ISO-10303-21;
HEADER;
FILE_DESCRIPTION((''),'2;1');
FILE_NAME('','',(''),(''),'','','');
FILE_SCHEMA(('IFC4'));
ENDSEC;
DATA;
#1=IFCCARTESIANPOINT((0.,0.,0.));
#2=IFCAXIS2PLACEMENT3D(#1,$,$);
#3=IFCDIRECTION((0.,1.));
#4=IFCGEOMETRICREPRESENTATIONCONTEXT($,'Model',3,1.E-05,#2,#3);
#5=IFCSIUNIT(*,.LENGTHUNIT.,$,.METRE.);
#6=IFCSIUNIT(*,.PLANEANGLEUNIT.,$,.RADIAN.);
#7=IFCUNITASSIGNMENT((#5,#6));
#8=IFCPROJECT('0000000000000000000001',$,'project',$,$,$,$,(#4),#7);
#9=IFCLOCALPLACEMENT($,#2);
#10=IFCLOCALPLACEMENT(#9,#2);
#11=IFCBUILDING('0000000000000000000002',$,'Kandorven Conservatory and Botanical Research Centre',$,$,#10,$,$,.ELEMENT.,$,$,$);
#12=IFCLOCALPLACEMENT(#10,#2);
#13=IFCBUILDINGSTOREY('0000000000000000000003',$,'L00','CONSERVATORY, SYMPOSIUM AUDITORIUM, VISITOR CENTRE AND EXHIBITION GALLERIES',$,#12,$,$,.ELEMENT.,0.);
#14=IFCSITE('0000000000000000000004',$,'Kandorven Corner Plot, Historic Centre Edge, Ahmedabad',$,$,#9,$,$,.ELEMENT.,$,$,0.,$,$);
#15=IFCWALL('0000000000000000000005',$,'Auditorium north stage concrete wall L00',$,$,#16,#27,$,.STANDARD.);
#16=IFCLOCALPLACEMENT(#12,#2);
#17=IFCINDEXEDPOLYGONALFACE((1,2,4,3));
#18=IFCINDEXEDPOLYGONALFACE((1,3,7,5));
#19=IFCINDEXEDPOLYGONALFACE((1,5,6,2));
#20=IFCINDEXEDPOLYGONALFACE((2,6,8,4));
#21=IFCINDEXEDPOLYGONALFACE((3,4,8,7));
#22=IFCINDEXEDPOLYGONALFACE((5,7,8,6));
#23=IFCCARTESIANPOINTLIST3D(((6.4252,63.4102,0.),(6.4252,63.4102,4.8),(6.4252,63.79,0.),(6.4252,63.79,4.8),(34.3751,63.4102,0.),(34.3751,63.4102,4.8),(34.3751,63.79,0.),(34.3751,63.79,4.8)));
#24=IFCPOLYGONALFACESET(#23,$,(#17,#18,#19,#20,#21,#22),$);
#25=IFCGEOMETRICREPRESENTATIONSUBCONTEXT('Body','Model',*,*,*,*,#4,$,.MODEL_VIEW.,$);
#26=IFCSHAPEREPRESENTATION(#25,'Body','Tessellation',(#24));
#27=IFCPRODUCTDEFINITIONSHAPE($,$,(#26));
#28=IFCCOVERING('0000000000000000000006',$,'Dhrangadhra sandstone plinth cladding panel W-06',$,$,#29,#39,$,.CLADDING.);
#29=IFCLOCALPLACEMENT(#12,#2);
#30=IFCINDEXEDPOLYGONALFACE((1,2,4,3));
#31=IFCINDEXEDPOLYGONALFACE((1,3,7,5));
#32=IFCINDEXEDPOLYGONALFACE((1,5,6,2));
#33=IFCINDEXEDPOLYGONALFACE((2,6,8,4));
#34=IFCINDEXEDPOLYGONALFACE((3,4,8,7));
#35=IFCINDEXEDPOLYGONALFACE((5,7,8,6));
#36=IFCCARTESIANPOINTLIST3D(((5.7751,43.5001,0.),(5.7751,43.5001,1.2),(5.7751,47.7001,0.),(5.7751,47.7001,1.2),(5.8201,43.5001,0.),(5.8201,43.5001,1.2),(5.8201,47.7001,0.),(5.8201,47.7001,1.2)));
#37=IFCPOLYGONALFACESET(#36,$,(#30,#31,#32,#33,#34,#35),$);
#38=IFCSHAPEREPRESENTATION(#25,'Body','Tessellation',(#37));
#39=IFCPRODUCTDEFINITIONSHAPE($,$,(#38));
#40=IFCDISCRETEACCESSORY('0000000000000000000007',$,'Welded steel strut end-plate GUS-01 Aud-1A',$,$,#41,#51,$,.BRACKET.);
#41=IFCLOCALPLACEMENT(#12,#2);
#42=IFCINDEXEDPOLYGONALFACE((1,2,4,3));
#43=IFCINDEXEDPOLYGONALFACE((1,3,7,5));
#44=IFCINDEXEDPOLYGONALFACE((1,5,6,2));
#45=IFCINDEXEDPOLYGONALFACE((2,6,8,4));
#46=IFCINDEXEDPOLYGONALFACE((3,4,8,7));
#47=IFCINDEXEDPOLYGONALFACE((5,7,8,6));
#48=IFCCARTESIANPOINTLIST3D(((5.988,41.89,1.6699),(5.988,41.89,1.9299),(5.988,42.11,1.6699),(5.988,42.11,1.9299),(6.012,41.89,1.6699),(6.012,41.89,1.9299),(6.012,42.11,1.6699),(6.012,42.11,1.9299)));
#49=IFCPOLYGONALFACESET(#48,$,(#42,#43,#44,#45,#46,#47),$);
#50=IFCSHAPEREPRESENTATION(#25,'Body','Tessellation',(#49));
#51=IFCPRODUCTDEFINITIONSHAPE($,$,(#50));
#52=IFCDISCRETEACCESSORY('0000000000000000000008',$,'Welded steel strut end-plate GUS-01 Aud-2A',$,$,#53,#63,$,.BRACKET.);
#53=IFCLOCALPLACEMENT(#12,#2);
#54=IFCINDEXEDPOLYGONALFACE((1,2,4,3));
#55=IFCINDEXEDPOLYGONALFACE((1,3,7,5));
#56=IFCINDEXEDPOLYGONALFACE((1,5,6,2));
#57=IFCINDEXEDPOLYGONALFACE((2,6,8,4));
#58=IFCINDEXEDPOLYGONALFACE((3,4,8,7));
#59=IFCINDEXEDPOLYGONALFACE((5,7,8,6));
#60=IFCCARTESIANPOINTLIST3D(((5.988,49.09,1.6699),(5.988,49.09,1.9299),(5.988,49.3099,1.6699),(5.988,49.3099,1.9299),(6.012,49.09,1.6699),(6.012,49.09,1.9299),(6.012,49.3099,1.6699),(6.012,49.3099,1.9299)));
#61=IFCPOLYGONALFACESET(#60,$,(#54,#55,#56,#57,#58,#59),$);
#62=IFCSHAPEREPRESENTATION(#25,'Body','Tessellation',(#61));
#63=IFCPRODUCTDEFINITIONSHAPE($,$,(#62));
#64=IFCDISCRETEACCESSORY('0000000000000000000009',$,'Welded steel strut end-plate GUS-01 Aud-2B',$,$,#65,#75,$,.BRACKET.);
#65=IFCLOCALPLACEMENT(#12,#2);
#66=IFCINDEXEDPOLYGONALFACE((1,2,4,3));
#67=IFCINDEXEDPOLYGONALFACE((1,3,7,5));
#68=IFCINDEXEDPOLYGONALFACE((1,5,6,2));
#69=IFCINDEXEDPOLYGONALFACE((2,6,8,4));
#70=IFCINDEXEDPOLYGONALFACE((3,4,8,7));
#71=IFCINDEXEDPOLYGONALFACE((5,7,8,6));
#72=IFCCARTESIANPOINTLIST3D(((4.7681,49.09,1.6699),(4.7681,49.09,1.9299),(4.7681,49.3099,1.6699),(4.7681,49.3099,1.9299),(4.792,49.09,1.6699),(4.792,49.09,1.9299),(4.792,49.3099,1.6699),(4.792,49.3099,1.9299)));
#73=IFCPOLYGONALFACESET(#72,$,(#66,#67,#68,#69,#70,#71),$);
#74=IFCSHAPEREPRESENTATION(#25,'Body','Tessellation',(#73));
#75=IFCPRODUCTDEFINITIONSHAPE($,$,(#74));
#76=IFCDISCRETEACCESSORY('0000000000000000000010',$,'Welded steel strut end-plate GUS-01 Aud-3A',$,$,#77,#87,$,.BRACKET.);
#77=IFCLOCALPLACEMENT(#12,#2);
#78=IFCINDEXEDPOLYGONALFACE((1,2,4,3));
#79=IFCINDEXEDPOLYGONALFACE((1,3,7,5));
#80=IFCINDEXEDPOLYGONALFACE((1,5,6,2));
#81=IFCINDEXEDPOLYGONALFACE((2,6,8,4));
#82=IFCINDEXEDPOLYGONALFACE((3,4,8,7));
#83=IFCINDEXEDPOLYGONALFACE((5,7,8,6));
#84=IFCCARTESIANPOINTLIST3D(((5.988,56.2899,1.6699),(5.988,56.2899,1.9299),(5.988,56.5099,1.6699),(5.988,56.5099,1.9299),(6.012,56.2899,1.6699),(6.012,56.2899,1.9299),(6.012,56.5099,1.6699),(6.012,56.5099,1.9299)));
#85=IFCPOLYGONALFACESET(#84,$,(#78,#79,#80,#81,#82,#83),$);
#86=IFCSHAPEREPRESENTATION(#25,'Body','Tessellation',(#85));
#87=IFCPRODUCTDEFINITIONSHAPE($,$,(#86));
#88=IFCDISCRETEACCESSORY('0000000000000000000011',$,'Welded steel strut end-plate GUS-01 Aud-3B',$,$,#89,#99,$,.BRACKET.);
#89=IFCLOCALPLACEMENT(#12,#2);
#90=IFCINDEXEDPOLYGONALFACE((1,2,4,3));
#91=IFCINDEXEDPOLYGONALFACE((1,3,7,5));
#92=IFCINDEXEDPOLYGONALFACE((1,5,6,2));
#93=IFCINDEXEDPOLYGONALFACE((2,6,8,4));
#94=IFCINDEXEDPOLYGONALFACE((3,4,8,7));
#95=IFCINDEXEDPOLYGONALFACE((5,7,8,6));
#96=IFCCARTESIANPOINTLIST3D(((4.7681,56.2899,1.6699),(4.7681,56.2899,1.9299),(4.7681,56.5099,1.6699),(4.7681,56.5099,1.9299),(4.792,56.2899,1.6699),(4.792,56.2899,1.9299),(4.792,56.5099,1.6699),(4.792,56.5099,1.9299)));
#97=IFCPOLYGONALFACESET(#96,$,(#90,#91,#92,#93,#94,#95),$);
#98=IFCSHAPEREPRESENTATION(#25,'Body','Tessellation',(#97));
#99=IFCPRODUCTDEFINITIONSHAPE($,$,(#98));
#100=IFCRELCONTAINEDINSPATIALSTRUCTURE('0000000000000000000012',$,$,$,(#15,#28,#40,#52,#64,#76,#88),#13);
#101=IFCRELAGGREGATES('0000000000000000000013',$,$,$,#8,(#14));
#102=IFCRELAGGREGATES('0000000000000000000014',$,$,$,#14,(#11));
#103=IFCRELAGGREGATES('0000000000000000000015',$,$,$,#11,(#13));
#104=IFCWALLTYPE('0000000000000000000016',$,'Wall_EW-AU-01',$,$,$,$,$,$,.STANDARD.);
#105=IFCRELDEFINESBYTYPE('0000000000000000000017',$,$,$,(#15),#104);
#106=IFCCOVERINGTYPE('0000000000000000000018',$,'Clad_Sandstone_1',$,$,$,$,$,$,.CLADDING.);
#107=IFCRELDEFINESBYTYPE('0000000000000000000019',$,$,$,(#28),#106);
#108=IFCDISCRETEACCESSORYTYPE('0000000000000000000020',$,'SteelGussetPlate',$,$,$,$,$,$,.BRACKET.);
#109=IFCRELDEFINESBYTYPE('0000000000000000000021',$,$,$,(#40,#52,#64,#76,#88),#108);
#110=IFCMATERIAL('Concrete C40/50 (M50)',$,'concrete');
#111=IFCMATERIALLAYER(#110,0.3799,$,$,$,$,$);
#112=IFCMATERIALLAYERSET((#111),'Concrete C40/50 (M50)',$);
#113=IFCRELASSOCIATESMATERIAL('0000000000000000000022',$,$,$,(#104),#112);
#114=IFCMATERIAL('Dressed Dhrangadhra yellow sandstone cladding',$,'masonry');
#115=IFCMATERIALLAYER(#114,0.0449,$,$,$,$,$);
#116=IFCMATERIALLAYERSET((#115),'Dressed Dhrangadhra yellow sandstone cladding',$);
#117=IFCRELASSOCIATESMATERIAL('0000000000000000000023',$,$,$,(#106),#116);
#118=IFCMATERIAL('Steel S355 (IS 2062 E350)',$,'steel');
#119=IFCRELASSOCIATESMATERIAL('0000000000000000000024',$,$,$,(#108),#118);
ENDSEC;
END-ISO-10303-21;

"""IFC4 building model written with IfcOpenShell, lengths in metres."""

from ifc_helpers import new_model, si_unit, direction, frame, frame_2d, origin, origin_2d, place, context, subcontext, project, spatial, rectangle, extrude, material, layer, layer_set, type_object, element, save


model = new_model("IFC4")

# Units and contexts
model_context = context("Model", 3, precision=1e-05, world=origin(), true_north=direction((0.0, 1.0)))
body_context = subcontext(model_context, "Body", "Model", "MODEL_VIEW")
ifc_project = project(units=[si_unit("LENGTHUNIT", "METRE"), si_unit("PLANEANGLEUNIT", "RADIAN")], contexts=[model_context])

# Site, building, storey
site_placement = place(None, origin())
site = spatial("IfcSite", under=ifc_project, at=site_placement, Name="Kandorven Corner Plot, Historic Centre Edge, Ahmedabad", CompositionType="ELEMENT", RefElevation=0.0)
building_placement = place(site_placement, origin())
building = spatial("IfcBuilding", under=site, at=building_placement, Name="Kandorven Conservatory and Botanical Research Centre", CompositionType="ELEMENT")
storey_placement = place(building_placement, origin())
storey = spatial("IfcBuildingStorey", under=building, at=storey_placement, Name="L00", Description="CONSERVATORY, SYMPOSIUM AUDITORIUM, VISITOR CENTRE AND EXHIBITION GALLERIES", CompositionType="ELEMENT", Elevation=0.0)

# Shared definitions
ifc_material_1 = material(Name="Concrete C40/50 (M50)", Category="concrete")
ifc_layer_1 = layer(ifc_material_1, 0.3799)
ifc_layer_set_1 = layer_set([ifc_layer_1], Name="Concrete C40/50 (M50)")
wall_type = type_object("IfcWallType", Name="Wall_EW-AU-01", PredefinedType="STANDARD", material=ifc_layer_set_1)

# Wall
wall_1_placement = place(storey_placement, frame((6.425, 63.6001, 0.0), z_axis=(0.0, 0.0, 1.0), x_axis=(1.0, 0.0, 0.0)))
element("IfcWall", 1, at=wall_1_placement, inside=storey, type_object=wall_type, Name="Auditorium north stage concrete wall L00", PredefinedType="STANDARD", context=body_context, shape_type="SweptSolid", body=[
    extrude(rectangle(XDim=27.95, YDim=0.3799, at=frame_2d((13.9751, 0.0))), origin(), (0.0, 0.0, 1.0), 4.8),
])

# Covering
ifc_material_2 = material(Name="Dressed Dhrangadhra yellow sandstone cladding", Category="masonry")
ifc_layer_2 = layer(ifc_material_2, 0.0449)
ifc_layer_set_2 = layer_set([ifc_layer_2], Name="Dressed Dhrangadhra yellow sandstone cladding")
covering_type = type_object("IfcCoveringType", Name="Clad_Sandstone_1", PredefinedType="CLADDING", material=ifc_layer_set_2)
covering_placement = place(storey_placement, frame((5.7976, 45.6001, 0.0), z_axis=(0.0, 0.0, 1.0), x_axis=(1.0, 0.0, 0.0)))
element("IfcCovering", 2, at=covering_placement, inside=storey, type_object=covering_type, Name="Dhrangadhra sandstone plinth cladding panel W-06", PredefinedType="CLADDING", context=body_context, shape_type="SweptSolid", body=[
    extrude(rectangle(XDim=0.0449, YDim=4.2, at=origin_2d()), origin(), (0.0, 0.0, 1.0), 1.2),
])

# Discrete accessories
ifc_material_3 = material(Name="Steel S355 (IS 2062 E350)", Category="steel")
discrete_accessory_type = type_object("IfcDiscreteAccessoryType", Name="SteelGussetPlate", PredefinedType="BRACKET", material=ifc_material_3)
for number, where, z_axis, x_axis, name in (
    (3, (6.0, 42.0, 1.6699), (0.0, 0.0, 1.0), (1.0, 0.0, 0.0), "Welded steel strut end-plate GUS-01 Aud-1A"),
    (4, (6.0, 49.2, 1.6699), (0.0, 0.0, 1.0), (1.0, 0.0, 0.0), "Welded steel strut end-plate GUS-01 Aud-2A"),
    (5, (4.78, 49.2, 1.6699), (0.0, 0.0, 1.0), (1.0, 0.0, 0.0), "Welded steel strut end-plate GUS-01 Aud-2B"),
    (6, (6.0, 56.3999, 1.6699), (0.0, 0.0, 1.0), (1.0, 0.0, 0.0), "Welded steel strut end-plate GUS-01 Aud-3A"),
    (7, (4.78, 56.3999, 1.6699), (0.0, 0.0, 1.0), (1.0, 0.0, 0.0), "Welded steel strut end-plate GUS-01 Aud-3B"),
):
    element("IfcDiscreteAccessory", number, at=place(storey_placement, frame(where, z_axis=z_axis, x_axis=x_axis)), inside=storey, type_object=discrete_accessory_type, Name=name, PredefinedType="BRACKET", context=body_context, shape_type="SweptSolid", body=[
        extrude(rectangle(XDim=0.0239, YDim=0.22, at=origin_2d()), origin(), (0.0, 0.0, 1.0), 0.26),
    ])

save(model, "model.ifc")
